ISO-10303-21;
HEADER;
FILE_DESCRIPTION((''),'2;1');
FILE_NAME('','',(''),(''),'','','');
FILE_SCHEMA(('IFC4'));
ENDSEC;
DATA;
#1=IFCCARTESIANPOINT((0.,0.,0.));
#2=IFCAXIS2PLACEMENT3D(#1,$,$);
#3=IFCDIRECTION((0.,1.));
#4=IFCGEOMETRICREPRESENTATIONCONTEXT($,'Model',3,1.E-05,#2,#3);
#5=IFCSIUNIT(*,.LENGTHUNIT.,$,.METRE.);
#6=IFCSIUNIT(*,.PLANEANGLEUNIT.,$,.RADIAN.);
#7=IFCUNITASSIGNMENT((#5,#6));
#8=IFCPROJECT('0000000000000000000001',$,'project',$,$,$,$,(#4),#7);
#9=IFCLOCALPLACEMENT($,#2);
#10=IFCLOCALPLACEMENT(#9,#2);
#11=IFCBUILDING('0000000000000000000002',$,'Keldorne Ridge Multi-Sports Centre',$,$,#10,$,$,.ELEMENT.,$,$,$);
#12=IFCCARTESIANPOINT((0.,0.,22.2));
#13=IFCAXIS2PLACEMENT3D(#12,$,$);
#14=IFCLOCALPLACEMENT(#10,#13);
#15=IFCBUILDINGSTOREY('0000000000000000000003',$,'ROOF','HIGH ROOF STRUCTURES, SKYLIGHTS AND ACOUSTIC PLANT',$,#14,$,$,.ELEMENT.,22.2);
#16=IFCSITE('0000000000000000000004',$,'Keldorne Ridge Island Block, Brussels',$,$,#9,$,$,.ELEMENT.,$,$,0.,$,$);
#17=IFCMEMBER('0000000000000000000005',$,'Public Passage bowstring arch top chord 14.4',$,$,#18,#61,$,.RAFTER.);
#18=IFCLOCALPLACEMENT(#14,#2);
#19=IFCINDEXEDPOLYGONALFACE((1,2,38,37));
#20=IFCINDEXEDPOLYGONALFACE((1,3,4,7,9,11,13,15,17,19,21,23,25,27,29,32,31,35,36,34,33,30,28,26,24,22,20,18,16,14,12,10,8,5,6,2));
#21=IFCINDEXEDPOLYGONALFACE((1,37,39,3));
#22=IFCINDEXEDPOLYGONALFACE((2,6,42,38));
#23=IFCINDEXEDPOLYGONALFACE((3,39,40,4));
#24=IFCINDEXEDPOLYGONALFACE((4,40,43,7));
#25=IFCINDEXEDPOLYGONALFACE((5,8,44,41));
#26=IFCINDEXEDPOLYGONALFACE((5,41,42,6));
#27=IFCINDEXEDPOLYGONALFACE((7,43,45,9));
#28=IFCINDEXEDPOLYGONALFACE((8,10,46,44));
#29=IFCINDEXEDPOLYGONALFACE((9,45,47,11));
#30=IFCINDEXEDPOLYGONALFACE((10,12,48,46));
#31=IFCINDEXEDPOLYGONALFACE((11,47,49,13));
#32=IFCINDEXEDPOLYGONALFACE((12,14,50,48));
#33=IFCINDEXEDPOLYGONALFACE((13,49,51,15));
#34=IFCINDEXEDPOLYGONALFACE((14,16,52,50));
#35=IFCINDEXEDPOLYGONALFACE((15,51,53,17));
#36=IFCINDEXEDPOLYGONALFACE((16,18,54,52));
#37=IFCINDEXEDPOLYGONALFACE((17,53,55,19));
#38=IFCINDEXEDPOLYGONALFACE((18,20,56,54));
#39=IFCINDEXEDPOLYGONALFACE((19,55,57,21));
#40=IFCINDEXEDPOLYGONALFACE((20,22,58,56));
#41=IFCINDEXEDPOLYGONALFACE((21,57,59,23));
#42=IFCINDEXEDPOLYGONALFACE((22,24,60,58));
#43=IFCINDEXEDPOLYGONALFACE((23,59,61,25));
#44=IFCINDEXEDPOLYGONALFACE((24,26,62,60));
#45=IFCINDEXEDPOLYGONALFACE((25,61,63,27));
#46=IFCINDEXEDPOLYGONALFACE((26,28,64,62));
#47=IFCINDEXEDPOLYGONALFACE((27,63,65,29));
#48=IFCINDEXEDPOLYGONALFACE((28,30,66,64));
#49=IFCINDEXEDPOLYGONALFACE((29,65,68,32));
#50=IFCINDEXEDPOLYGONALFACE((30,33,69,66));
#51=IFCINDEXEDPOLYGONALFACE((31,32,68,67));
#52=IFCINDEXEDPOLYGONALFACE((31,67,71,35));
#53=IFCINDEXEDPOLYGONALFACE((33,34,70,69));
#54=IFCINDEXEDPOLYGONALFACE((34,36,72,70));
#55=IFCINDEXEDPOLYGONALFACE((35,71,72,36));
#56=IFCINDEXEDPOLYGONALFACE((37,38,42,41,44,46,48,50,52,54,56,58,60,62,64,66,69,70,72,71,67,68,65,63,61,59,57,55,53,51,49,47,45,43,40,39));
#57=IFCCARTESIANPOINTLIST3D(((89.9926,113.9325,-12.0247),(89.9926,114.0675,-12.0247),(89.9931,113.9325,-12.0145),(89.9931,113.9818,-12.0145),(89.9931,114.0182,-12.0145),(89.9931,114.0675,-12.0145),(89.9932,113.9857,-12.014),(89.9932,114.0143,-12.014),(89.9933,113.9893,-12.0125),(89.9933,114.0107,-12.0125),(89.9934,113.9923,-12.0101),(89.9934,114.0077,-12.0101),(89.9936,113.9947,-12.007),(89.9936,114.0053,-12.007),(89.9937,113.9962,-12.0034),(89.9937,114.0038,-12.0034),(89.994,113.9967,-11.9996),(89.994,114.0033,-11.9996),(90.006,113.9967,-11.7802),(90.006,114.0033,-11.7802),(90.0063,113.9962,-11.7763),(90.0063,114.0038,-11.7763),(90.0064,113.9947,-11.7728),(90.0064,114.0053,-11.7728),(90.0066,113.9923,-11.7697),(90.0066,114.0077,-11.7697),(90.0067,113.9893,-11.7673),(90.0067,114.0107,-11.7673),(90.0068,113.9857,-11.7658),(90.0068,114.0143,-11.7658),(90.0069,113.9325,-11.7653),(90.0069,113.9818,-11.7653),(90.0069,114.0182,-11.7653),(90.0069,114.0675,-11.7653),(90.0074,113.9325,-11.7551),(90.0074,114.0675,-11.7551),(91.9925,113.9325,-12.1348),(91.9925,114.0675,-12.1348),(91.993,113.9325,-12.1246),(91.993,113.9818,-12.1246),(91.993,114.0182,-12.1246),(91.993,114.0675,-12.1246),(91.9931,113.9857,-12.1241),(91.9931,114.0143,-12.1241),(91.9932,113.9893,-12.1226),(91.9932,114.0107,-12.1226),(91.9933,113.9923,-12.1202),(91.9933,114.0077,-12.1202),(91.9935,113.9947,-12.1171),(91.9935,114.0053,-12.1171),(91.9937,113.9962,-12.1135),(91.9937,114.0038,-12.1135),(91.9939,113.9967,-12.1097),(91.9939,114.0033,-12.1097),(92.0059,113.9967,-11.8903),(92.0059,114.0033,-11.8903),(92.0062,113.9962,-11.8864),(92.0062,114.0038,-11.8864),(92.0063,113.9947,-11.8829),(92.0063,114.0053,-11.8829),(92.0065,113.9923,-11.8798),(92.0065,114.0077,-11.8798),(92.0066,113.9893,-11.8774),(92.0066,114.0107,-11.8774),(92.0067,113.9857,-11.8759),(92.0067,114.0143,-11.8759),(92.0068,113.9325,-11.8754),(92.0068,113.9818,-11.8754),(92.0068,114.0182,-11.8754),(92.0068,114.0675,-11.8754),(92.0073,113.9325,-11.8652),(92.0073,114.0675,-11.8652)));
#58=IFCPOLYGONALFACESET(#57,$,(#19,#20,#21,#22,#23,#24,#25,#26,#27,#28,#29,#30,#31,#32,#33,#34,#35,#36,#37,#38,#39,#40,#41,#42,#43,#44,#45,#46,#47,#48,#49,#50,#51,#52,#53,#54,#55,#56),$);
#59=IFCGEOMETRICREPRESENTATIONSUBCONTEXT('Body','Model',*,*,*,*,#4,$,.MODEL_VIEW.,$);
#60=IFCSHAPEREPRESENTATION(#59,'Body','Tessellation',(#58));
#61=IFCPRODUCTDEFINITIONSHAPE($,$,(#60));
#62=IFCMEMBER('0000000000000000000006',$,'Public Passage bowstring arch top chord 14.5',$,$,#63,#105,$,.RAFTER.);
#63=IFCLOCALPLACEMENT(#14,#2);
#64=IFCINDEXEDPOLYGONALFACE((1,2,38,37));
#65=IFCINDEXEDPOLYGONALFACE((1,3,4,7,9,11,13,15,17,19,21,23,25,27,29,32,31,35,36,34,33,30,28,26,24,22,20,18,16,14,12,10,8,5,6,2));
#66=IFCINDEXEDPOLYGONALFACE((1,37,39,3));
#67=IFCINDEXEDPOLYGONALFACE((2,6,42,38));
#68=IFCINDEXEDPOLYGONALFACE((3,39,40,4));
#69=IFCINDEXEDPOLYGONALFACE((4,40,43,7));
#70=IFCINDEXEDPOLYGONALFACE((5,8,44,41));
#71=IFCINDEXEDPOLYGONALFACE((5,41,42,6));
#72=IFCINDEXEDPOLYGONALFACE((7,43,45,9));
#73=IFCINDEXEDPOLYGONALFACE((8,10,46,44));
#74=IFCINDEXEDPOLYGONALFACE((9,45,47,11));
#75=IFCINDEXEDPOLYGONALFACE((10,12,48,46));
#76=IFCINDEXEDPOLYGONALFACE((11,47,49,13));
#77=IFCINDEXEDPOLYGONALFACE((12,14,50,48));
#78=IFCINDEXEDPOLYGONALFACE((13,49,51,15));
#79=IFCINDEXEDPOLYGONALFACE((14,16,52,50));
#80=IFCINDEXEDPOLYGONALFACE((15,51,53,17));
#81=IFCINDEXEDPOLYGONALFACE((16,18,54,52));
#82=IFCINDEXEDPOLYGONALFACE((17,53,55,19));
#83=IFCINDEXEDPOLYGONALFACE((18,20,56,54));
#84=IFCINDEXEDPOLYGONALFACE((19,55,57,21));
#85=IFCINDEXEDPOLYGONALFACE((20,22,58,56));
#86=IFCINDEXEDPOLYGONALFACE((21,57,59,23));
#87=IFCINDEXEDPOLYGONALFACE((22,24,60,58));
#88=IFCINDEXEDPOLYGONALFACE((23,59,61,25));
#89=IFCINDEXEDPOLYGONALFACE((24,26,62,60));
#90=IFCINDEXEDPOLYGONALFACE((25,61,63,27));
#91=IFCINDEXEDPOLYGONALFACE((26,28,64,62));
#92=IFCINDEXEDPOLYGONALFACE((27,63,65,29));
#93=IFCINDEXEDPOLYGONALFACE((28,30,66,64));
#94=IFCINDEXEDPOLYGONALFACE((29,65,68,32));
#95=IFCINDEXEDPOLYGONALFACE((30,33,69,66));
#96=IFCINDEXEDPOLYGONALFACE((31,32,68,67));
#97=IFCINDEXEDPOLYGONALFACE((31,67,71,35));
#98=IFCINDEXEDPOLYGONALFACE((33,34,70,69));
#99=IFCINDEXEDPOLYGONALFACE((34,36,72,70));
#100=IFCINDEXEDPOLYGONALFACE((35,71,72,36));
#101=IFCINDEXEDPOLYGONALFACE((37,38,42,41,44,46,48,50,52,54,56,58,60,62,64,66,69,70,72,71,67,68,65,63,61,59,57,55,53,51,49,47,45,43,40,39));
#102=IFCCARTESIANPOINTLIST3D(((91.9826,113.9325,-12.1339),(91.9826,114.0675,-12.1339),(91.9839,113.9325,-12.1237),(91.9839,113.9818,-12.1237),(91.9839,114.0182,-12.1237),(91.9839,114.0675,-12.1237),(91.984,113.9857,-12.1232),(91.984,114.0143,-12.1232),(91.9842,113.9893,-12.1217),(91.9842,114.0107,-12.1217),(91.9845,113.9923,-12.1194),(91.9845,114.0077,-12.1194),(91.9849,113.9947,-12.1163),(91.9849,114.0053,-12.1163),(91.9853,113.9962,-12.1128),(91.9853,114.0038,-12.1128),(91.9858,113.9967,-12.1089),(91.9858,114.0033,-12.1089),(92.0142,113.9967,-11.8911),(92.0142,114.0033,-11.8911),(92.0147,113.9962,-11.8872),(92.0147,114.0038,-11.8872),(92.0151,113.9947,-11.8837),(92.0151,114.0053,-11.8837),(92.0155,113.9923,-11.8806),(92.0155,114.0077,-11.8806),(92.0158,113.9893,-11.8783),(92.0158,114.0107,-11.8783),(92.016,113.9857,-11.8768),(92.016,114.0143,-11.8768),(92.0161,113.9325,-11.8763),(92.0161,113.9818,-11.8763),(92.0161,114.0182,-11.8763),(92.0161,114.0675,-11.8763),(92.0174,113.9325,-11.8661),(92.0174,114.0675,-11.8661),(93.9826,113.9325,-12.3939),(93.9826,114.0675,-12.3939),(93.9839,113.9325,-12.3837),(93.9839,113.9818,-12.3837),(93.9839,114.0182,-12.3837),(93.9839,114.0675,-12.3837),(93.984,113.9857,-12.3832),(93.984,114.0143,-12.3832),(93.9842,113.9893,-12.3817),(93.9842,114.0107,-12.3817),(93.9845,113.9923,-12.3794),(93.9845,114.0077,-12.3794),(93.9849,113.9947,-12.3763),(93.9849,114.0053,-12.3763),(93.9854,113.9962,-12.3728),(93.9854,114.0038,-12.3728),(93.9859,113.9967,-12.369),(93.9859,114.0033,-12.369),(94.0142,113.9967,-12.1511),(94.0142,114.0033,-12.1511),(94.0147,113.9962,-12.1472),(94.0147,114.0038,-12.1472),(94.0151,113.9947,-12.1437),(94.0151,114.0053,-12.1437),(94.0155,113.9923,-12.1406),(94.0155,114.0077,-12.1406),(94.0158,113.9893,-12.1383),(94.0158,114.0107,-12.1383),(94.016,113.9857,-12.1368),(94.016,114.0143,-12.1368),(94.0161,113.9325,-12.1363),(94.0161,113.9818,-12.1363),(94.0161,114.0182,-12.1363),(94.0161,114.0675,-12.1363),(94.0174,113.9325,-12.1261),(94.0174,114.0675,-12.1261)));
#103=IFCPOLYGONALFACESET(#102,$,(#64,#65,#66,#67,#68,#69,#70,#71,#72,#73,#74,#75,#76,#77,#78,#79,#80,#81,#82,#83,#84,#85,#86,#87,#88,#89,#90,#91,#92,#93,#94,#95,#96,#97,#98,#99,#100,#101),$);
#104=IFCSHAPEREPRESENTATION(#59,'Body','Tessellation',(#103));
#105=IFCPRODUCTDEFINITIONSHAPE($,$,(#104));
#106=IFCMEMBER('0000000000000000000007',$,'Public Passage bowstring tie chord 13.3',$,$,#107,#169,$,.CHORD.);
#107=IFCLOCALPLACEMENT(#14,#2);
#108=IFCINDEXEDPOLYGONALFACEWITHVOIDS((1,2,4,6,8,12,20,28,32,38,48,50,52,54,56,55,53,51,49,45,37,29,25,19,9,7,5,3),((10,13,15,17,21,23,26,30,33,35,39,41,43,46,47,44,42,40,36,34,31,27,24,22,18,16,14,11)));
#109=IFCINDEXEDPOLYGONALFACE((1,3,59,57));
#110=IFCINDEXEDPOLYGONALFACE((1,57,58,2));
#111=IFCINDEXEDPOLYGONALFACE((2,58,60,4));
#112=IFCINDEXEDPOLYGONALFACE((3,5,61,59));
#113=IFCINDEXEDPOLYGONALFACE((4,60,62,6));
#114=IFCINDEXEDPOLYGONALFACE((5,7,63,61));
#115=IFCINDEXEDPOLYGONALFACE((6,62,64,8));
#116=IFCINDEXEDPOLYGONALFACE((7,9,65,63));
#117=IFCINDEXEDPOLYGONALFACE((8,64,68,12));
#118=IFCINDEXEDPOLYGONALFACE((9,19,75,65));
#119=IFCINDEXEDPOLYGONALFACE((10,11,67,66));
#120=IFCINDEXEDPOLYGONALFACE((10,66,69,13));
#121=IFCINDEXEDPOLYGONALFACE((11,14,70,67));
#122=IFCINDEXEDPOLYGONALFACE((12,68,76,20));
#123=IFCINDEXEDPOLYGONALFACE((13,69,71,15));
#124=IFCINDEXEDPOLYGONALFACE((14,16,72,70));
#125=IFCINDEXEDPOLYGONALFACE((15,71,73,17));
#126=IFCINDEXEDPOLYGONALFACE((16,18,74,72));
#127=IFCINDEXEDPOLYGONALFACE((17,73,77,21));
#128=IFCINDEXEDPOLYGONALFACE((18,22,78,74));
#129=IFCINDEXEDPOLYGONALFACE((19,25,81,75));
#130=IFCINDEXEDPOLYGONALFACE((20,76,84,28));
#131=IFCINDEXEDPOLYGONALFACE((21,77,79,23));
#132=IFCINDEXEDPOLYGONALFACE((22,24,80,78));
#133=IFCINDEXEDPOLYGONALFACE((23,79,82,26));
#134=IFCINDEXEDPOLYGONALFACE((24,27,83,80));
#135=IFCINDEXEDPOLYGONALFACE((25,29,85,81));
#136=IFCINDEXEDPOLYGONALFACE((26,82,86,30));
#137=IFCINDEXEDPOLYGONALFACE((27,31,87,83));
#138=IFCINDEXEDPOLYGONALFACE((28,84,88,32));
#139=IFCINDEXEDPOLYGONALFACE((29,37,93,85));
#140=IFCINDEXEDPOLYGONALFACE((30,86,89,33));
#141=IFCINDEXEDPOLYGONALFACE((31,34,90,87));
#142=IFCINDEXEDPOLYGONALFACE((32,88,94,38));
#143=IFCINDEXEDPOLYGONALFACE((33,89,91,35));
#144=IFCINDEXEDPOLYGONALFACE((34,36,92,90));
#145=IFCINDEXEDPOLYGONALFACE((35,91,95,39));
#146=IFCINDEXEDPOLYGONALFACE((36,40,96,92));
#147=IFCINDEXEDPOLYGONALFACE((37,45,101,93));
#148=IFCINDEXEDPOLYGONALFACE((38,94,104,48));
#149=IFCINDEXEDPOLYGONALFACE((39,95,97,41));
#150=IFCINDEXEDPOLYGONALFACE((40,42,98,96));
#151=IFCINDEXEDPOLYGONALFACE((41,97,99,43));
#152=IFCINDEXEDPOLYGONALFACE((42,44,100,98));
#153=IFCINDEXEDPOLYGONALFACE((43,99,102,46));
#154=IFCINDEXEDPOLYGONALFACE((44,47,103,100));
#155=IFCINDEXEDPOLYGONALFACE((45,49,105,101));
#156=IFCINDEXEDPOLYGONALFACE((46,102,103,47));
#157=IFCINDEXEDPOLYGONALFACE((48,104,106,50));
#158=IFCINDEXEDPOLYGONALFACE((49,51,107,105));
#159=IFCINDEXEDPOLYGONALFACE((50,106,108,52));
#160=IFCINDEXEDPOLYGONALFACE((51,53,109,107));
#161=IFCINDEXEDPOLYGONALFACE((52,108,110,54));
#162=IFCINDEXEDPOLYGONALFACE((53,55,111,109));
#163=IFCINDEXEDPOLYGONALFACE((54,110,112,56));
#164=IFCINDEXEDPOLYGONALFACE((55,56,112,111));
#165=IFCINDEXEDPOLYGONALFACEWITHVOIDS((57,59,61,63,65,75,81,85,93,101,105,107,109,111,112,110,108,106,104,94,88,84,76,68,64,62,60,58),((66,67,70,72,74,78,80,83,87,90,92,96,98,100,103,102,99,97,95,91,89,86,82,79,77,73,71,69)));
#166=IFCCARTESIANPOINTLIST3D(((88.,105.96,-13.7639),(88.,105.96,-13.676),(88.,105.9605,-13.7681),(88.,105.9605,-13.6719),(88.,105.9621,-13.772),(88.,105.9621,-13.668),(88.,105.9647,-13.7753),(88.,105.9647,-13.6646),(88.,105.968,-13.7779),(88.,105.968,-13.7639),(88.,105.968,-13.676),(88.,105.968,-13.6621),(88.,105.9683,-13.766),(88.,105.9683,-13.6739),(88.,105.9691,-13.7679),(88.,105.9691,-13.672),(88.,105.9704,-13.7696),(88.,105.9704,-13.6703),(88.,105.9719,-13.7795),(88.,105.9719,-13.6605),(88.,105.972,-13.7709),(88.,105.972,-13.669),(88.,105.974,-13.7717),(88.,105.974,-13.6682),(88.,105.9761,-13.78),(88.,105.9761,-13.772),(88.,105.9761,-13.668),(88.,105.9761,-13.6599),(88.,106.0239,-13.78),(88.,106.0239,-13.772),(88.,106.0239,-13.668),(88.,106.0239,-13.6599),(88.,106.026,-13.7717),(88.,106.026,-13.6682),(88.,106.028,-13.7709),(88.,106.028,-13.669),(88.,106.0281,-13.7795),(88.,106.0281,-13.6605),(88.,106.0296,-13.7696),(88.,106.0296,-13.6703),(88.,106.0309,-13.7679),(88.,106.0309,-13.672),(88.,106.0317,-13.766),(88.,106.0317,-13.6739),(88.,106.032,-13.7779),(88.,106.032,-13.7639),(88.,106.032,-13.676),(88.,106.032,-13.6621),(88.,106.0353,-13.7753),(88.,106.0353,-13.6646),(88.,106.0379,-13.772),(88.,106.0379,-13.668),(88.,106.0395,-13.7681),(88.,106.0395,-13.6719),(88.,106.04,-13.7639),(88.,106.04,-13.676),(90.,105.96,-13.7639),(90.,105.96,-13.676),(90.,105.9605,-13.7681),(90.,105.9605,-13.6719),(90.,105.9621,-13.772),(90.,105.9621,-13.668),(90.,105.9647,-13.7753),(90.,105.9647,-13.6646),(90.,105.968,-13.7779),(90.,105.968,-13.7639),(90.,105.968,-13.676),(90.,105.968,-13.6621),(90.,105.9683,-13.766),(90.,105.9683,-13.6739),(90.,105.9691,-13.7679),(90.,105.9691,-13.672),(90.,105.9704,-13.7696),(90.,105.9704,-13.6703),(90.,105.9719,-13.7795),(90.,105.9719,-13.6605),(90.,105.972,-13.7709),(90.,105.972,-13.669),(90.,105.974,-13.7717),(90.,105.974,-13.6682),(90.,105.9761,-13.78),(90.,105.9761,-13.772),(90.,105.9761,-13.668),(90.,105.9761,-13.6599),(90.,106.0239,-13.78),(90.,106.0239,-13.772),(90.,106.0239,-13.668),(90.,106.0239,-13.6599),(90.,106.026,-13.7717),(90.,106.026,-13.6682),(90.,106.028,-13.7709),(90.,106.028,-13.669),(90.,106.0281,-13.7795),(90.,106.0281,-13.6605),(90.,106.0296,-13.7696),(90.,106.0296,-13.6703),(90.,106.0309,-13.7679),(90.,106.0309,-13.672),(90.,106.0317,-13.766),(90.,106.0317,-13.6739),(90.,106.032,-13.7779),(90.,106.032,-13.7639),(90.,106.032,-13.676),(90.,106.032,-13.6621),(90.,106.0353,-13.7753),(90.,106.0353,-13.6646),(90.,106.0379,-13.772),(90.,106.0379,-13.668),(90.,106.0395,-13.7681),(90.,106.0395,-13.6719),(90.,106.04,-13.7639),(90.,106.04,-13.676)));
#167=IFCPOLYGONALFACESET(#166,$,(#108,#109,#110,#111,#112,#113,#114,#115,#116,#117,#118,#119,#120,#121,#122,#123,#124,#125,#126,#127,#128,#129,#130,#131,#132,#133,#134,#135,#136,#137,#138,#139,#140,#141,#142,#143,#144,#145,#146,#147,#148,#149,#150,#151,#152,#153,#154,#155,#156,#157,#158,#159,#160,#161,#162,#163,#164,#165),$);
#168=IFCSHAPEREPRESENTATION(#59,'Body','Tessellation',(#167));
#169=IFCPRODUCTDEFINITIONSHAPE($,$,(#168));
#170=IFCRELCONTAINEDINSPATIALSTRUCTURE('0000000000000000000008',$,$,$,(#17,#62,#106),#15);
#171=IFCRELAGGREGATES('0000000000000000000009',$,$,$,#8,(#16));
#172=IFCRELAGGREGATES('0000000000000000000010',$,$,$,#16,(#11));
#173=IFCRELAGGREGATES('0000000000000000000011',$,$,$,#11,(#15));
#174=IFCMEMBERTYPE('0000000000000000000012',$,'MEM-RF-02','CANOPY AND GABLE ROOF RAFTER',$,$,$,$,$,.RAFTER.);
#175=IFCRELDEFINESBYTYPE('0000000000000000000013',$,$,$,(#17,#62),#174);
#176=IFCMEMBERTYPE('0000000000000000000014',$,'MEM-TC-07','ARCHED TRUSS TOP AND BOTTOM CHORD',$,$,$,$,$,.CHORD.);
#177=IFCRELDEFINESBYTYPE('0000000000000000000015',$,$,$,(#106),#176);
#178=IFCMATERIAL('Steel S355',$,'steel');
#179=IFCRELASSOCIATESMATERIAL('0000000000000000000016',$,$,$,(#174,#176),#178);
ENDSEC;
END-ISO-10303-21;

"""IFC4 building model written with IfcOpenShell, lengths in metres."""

from ifc_helpers import new_model, si_unit, direction, frame, origin, origin_2d, place, context, subcontext, project, spatial, hollow_rectangle, i_section, extrude, material, material_profile, profile_set, type_object, element, save


model = new_model("IFC4")

# Units and contexts
model_context = context("Model", 3, precision=1e-05, world=origin(), true_north=direction((0.0, 1.0)))
body_context = subcontext(model_context, "Body", "Model", "MODEL_VIEW")
ifc_project = project(units=[si_unit("LENGTHUNIT", "METRE"), si_unit("PLANEANGLEUNIT", "RADIAN")], contexts=[model_context])

# Site, building, storey
site_placement = place(None, origin())
site = spatial("IfcSite", under=ifc_project, at=site_placement, Name="Keldorne Ridge Island Block, Brussels", CompositionType="ELEMENT", RefElevation=0.0)
building_placement = place(site_placement, origin())
building = spatial("IfcBuilding", under=site, at=building_placement, Name="Keldorne Ridge Multi-Sports Centre", CompositionType="ELEMENT")
storey_placement = place(building_placement, frame((0.0, 0.0, 22.2)))
storey = spatial("IfcBuildingStorey", under=building, at=storey_placement, Name="ROOF", Description="HIGH ROOF STRUCTURES, SKYLIGHTS AND ACOUSTIC PLANT", CompositionType="ELEMENT", Elevation=22.2)

# Members
ifc_material = material(Name="Steel S355", Category="steel")
ifc_material_profile_1 = material_profile(ifc_material, i_section(OverallWidth=0.135, OverallDepth=0.27, WebThickness=0.0066, FlangeThickness=0.0103, FilletRadius=0.0149, at=origin_2d()), Name="IPE 270")
ifc_profile_set_1 = profile_set([ifc_material_profile_1], Name="Steel S355")
member_type_1 = type_object("IfcMemberType", Name="MEM-RF-02", Description="CANOPY AND GABLE ROOF RAFTER", PredefinedType="RAFTER", material=ifc_profile_set_1)
for number, where, z_axis, x_axis, name in (
    (1, (90.0, 114.0, -11.8899), (0.998488, 0.0, -0.05497), (0.0, 1.0, 0.0), "Public Passage bowstring arch top chord 14.4"),
):
    element("IfcMember", number, at=place(storey_placement, frame(where, z_axis=z_axis, x_axis=x_axis)), inside=storey, type_object=member_type_1, Name=name, PredefinedType="RAFTER", context=body_context, shape_type="SweptSolid", body=[
        extrude(i_section(OverallWidth=0.135, OverallDepth=0.27, WebThickness=0.0066, FlangeThickness=0.0103, FilletRadius=0.0149, at=origin_2d()), origin(), (0.0, 0.0, 1.0), 2.0029),
    ])
member_1_placement = place(storey_placement, frame((92.0, 114.0, -12.0), z_axis=(0.991655, 0.0, -0.12892), x_axis=(0.0, 1.0, 0.0)))
element("IfcMember", 2, at=member_1_placement, inside=storey, type_object=member_type_1, Name="Public Passage bowstring arch top chord 14.5", PredefinedType="RAFTER", context=body_context, shape_type="SweptSolid", body=[
    extrude(i_section(OverallWidth=0.135, OverallDepth=0.27, WebThickness=0.0066, FlangeThickness=0.0103, FilletRadius=0.0149, at=origin_2d()), origin(), (0.0, 0.0, 1.0), 2.0168),
])
ifc_material_profile_2 = material_profile(ifc_material, hollow_rectangle(XDim=0.0801, YDim=0.1201, WallThickness=0.0081, InnerFilletRadius=0.0081, OuterFilletRadius=0.0161, at=origin_2d()), Name="RHS 120x80x8")
ifc_profile_set_2 = profile_set([ifc_material_profile_2], Name="Steel S355")
member_type_2 = type_object("IfcMemberType", Name="MEM-TC-07", Description="ARCHED TRUSS TOP AND BOTTOM CHORD", PredefinedType="CHORD", material=ifc_profile_set_2)
for number, where, z_axis, x_axis, name in (
    (3, (88.0, 106.0, -13.72), (1.0, 0.0, 0.0), (0.0, 1.0, 0.0), "Public Passage bowstring tie chord 13.3"),
):
    element("IfcMember", number, at=place(storey_placement, frame(where, z_axis=z_axis, x_axis=x_axis)), inside=storey, type_object=member_type_2, Name=name, PredefinedType="CHORD", context=body_context, shape_type="SweptSolid", body=[
        extrude(hollow_rectangle(XDim=0.0801, YDim=0.1201, WallThickness=0.0081, InnerFilletRadius=0.0081, OuterFilletRadius=0.0161, at=origin_2d()), origin(), (0.0, 0.0, 1.0), 2.0),
    ])

save(model, "model.ifc")
